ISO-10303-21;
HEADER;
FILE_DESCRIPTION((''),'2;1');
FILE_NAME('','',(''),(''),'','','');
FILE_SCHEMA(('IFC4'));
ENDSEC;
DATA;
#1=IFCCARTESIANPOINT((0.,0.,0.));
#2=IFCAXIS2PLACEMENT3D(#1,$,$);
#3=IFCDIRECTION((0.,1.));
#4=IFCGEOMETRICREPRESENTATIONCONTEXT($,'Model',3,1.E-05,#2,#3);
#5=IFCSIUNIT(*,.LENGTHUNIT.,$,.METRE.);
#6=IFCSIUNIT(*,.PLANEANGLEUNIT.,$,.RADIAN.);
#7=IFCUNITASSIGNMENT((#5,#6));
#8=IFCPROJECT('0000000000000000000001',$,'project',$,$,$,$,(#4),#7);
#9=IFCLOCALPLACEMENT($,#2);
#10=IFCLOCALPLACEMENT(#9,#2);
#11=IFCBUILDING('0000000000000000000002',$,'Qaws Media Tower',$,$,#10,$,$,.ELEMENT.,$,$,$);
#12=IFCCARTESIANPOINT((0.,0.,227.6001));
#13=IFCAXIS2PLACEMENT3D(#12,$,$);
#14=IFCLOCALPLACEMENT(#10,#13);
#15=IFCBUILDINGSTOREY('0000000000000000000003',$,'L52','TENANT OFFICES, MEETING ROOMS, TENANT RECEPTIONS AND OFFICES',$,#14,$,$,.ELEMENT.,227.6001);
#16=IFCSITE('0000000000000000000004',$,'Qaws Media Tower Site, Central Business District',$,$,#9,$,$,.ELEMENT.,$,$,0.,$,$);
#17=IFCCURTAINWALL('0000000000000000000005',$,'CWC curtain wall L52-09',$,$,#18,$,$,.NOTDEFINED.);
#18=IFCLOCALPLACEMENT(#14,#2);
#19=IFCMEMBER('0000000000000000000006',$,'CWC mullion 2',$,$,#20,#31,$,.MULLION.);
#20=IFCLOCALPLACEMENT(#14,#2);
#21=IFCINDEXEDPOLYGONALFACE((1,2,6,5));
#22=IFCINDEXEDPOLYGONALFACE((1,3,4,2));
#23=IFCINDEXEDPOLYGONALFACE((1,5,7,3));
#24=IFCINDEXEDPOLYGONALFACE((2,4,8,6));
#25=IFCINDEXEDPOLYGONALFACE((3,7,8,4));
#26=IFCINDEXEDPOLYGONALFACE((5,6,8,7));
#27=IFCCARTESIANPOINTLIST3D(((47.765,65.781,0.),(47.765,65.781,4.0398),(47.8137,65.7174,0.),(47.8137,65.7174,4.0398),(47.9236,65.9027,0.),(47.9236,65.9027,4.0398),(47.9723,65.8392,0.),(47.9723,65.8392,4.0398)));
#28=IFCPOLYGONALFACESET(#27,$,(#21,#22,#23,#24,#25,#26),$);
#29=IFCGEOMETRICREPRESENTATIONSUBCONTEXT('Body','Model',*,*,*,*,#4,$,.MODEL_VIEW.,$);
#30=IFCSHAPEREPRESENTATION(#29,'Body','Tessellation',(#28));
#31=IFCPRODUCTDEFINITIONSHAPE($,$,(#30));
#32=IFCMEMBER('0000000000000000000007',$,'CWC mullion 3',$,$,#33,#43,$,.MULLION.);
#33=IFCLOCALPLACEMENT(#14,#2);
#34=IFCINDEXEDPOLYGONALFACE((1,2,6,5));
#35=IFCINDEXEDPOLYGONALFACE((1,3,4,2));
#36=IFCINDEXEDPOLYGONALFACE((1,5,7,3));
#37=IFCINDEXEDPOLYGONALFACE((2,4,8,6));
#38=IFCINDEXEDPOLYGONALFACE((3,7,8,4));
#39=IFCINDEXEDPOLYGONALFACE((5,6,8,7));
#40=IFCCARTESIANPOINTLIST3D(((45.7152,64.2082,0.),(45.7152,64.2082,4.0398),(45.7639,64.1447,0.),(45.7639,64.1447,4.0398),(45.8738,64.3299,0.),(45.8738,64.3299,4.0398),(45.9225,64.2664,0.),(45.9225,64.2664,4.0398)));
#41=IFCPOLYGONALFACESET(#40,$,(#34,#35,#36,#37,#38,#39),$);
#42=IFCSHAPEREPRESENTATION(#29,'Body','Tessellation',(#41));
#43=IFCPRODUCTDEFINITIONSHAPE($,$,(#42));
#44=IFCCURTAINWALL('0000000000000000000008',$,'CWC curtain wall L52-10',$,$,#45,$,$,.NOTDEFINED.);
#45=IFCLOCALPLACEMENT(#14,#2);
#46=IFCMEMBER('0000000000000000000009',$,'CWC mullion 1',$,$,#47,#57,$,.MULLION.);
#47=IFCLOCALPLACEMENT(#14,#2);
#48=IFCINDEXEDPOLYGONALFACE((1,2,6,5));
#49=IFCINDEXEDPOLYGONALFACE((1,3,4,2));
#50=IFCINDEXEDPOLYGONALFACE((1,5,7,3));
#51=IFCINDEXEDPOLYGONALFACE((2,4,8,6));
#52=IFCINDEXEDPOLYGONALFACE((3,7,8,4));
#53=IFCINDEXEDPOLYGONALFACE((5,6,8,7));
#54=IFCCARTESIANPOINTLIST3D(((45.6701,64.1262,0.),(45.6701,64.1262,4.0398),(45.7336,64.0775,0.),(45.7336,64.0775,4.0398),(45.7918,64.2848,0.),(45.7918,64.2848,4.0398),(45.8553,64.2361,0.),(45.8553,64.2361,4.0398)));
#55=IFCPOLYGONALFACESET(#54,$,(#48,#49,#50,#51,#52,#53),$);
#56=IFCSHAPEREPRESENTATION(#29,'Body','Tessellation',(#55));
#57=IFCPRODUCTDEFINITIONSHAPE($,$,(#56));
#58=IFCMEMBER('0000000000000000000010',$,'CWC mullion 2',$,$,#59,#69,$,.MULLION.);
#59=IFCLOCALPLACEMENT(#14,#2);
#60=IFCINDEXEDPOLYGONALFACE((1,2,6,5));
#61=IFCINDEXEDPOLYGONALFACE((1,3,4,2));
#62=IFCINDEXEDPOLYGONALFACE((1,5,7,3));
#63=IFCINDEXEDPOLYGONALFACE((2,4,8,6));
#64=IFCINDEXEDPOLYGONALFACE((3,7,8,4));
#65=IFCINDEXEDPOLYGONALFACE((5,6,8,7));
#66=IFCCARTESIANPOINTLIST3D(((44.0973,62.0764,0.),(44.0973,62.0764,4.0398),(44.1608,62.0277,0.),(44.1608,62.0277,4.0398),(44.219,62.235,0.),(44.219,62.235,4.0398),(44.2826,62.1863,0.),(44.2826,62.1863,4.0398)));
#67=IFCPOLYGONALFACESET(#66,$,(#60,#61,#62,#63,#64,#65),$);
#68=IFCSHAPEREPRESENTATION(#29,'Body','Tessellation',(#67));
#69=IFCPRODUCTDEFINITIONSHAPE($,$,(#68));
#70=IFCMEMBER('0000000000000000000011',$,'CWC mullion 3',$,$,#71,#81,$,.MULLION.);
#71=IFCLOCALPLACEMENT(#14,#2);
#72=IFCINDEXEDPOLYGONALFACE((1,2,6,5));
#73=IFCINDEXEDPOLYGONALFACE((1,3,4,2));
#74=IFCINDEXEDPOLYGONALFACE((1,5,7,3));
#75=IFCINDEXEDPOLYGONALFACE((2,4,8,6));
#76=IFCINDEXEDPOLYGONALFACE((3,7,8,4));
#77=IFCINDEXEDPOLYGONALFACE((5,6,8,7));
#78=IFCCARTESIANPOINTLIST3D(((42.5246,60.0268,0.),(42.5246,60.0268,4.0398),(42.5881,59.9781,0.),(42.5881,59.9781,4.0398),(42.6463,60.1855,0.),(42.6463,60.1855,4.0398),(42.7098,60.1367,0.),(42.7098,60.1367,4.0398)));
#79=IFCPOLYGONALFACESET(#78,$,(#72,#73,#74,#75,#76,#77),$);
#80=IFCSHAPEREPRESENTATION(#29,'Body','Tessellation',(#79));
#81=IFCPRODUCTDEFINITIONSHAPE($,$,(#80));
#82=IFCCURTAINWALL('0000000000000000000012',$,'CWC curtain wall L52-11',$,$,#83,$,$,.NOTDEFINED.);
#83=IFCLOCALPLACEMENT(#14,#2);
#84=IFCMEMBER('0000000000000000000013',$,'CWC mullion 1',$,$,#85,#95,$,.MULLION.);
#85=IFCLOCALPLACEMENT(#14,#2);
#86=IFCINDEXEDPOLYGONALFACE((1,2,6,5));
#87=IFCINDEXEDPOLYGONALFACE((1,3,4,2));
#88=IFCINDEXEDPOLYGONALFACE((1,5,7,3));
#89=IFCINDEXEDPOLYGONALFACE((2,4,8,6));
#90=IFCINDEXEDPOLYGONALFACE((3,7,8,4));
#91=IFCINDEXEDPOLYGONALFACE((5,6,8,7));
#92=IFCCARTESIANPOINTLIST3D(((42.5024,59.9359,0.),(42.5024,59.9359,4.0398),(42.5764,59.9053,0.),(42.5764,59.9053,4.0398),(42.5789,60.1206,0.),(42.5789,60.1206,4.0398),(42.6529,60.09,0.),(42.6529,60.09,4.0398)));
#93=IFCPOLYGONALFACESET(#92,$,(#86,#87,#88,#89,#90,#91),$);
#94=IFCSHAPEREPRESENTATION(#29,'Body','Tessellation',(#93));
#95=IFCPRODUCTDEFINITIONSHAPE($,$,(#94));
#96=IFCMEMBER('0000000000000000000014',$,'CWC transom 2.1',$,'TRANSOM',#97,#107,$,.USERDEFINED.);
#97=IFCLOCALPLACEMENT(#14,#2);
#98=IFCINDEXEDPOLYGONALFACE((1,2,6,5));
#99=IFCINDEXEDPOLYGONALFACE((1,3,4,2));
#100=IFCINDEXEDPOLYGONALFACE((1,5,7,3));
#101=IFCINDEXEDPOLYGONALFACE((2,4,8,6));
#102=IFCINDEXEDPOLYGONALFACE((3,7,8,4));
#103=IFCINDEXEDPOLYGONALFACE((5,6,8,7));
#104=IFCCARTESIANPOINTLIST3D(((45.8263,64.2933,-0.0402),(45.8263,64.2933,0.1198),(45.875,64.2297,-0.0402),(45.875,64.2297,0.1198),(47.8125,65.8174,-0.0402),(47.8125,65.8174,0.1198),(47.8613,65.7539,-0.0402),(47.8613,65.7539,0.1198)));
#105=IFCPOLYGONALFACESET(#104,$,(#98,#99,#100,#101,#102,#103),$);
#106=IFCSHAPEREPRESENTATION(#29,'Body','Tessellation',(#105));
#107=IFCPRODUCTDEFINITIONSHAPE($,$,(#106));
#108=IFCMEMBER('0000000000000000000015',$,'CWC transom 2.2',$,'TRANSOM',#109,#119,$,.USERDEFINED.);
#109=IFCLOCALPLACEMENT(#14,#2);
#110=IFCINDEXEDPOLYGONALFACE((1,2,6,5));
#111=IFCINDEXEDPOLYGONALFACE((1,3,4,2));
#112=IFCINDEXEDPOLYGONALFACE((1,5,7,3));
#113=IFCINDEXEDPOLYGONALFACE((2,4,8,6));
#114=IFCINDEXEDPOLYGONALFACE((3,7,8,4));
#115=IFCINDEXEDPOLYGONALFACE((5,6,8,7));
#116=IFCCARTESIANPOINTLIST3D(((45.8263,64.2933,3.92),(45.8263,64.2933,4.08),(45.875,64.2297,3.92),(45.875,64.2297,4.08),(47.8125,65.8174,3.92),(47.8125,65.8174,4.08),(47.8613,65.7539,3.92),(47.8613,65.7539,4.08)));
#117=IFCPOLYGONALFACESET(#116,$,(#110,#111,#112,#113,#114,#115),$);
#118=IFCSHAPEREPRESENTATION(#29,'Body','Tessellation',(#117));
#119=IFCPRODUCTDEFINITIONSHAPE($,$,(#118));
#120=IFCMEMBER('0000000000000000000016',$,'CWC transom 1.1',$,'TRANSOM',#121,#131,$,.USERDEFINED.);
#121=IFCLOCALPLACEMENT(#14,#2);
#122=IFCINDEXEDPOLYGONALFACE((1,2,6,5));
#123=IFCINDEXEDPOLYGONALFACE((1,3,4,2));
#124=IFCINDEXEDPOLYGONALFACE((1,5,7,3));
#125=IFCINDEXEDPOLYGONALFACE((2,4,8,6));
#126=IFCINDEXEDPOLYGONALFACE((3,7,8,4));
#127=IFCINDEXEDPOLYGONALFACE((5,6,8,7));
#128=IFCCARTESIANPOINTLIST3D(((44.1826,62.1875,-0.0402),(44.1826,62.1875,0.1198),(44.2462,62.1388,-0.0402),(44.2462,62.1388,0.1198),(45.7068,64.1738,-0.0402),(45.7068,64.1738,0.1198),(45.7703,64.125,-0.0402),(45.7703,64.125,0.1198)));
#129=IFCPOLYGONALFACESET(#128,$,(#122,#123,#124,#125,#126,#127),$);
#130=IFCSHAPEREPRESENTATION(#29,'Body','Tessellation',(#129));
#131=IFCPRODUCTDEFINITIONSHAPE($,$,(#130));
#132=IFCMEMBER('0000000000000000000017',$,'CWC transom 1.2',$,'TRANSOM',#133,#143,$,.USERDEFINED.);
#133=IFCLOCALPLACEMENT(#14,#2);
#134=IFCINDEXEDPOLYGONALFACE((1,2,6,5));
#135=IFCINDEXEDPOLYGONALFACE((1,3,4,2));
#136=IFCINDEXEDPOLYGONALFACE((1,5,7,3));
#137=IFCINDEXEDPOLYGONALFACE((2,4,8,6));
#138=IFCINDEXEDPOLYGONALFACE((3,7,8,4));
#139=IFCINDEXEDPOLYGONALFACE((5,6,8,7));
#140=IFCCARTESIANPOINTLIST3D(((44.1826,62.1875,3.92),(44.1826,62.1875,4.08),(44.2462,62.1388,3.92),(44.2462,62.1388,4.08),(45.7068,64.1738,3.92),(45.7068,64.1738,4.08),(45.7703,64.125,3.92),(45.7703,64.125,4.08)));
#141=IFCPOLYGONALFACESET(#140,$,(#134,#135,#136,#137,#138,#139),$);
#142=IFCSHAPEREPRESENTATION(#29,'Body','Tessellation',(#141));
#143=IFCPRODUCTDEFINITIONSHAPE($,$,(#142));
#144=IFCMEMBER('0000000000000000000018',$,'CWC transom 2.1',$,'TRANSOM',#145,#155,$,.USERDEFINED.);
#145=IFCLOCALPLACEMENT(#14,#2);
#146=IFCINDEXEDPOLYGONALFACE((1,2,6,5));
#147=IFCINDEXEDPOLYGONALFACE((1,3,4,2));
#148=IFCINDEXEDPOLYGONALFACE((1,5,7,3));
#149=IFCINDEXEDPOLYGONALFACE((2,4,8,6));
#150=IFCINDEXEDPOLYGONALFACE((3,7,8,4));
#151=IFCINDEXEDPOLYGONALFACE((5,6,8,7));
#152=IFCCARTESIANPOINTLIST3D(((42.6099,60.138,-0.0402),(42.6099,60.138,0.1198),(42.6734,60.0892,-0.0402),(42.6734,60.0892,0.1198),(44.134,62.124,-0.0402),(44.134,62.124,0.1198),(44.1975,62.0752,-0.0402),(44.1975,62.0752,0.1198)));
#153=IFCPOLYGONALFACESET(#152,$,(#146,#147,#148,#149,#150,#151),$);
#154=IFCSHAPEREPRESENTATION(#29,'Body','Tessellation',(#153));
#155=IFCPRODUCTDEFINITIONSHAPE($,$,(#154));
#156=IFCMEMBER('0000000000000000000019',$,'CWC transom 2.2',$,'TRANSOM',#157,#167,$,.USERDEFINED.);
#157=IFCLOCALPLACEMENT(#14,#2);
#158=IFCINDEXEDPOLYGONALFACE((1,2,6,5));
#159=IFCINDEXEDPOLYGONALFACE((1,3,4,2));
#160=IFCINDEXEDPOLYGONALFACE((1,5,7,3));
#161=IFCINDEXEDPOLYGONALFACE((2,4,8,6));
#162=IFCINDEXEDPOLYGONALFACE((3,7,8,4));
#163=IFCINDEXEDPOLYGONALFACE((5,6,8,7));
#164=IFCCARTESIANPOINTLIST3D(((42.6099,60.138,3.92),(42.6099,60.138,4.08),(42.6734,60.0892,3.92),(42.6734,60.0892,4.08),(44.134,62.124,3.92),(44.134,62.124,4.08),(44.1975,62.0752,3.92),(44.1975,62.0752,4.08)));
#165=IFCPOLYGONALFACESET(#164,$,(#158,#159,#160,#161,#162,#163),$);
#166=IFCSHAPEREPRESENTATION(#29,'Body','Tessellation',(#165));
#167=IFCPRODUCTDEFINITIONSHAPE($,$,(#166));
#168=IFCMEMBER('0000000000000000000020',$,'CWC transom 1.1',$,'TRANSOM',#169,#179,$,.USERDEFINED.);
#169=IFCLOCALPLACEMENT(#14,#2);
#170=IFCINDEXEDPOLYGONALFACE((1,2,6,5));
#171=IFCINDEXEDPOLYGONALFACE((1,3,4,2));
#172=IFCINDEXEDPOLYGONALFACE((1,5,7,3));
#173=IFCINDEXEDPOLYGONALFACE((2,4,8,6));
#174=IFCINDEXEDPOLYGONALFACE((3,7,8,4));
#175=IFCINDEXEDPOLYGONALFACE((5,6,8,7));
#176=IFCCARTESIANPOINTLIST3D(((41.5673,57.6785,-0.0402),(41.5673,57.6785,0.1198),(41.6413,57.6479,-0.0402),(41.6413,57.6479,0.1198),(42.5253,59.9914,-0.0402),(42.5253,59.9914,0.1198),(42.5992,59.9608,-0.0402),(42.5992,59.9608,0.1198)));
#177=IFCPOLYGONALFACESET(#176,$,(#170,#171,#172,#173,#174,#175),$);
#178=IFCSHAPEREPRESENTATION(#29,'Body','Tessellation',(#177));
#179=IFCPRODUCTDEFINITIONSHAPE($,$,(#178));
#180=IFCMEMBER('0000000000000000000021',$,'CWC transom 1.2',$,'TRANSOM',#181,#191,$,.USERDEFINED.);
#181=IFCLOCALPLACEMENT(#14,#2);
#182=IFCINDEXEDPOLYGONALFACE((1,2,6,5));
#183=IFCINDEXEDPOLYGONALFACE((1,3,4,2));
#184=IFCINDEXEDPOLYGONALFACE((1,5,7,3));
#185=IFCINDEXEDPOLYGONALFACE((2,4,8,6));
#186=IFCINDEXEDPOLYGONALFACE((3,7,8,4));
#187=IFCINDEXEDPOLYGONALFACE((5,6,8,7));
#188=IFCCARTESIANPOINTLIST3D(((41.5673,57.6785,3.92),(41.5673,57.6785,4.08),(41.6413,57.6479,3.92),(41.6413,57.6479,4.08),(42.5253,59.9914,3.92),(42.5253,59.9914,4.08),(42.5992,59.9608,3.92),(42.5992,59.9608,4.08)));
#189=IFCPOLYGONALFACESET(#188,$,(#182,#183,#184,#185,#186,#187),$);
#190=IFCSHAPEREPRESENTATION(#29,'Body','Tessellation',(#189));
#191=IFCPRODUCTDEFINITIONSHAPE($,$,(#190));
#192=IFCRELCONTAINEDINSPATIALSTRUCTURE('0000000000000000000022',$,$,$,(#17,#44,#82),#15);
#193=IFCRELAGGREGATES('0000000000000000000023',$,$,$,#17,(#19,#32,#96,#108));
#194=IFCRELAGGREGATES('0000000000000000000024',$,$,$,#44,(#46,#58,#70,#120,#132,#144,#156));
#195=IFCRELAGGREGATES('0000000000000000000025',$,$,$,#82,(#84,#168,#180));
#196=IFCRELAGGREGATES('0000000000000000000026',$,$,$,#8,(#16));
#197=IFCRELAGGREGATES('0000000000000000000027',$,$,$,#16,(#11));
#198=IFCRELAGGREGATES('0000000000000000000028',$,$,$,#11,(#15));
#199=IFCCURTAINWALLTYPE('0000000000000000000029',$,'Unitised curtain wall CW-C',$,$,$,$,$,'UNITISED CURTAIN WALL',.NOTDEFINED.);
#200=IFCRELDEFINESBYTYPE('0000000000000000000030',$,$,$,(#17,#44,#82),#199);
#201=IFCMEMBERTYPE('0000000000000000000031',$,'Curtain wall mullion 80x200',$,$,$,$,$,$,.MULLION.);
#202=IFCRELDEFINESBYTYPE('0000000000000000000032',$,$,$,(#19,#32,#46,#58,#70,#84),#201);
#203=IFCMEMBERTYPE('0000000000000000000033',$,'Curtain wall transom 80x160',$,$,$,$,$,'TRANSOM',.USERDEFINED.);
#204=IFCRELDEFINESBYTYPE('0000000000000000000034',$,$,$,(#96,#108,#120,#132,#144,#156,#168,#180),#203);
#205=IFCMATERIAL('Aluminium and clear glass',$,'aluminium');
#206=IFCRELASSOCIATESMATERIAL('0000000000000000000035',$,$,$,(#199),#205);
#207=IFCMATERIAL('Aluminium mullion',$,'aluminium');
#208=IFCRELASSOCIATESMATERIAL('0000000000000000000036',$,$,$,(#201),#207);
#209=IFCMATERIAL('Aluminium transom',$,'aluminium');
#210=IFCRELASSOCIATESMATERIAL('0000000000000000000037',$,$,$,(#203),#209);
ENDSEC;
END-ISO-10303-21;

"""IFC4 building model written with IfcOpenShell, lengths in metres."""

from ifc_helpers import new_model, si_unit, direction, frame, origin, origin_2d, place, context, subcontext, project, spatial, rectangle, extrude, material, material_profile, profile_set, type_object, element, aggregate, save


model = new_model("IFC4")

# Units and contexts
model_context = context("Model", 3, precision=1e-05, world=origin(), true_north=direction((0.0, 1.0)))
body_context = subcontext(model_context, "Body", "Model", "MODEL_VIEW")
ifc_project = project(units=[si_unit("LENGTHUNIT", "METRE"), si_unit("PLANEANGLEUNIT", "RADIAN")], contexts=[model_context])

# Site, building, storey
site_placement = place(None, origin())
site = spatial("IfcSite", under=ifc_project, at=site_placement, Name="Qaws Media Tower Site, Central Business District", CompositionType="ELEMENT", RefElevation=0.0)
building_placement = place(site_placement, origin())
building = spatial("IfcBuilding", under=site, at=building_placement, Name="Qaws Media Tower", CompositionType="ELEMENT")
storey_placement = place(building_placement, frame((0.0, 0.0, 227.6001)))
storey = spatial("IfcBuildingStorey", under=building, at=storey_placement, Name="L52", Description="TENANT OFFICES, MEETING ROOMS, TENANT RECEPTIONS AND OFFICES", CompositionType="ELEMENT", Elevation=227.6001)

# Curtain walls, members
ifc_material_1 = material(Name="Aluminium and clear glass", Category="aluminium")
curtain_wall_type = type_object("IfcCurtainWallType", Name="Unitised curtain wall CW-C", ElementType="UNITISED CURTAIN WALL", PredefinedType="NOTDEFINED", material=ifc_material_1)
curtain_wall_1_placement = place(storey_placement, origin())
curtain_wall_1 = element("IfcCurtainWall", 1, at=curtain_wall_1_placement, inside=storey, type_object=curtain_wall_type, Name="CWC curtain wall L52-09", PredefinedType="NOTDEFINED")
ifc_material_2 = material(Name="Aluminium mullion", Category="aluminium")
ifc_material_profile_1 = material_profile(ifc_material_2, rectangle(XDim=0.0801, YDim=0.2, at=origin_2d()), Name="80x200")
ifc_profile_set_1 = profile_set([ifc_material_profile_1], Name="Aluminium mullion")
member_type_1 = type_object("IfcMemberType", Name="Curtain wall mullion 80x200", PredefinedType="MULLION", material=ifc_profile_set_1)
member_1_placement = place(storey_placement, frame((47.8687, 65.8101, 0.0), z_axis=(0.0, 0.0, 1.0), x_axis=(0.608762, -0.793353, 0.0)))
member_1 = element("IfcMember", 2, at=member_1_placement, type_object=member_type_1, Name="CWC mullion 2", PredefinedType="MULLION", context=body_context, shape_type="SweptSolid", body=[
    extrude(rectangle(XDim=0.0801, YDim=0.2, at=origin_2d()), origin(), (0.0, 0.0, 1.0), 4.0398),
])
member_2_placement = place(storey_placement, frame((45.8188, 64.2373, 0.0), z_axis=(0.0, 0.0, 1.0), x_axis=(0.608762, -0.793353, 0.0)))
member_2 = element("IfcMember", 3, at=member_2_placement, type_object=member_type_1, Name="CWC mullion 3", PredefinedType="MULLION", context=body_context, shape_type="SweptSolid", body=[
    extrude(rectangle(XDim=0.0801, YDim=0.2, at=origin_2d()), origin(), (0.0, 0.0, 1.0), 4.0398),
])
curtain_wall_2_placement = place(storey_placement, origin())
curtain_wall_2 = element("IfcCurtainWall", 4, at=curtain_wall_2_placement, inside=storey, type_object=curtain_wall_type, Name="CWC curtain wall L52-10", PredefinedType="NOTDEFINED")
member_3_placement = place(storey_placement, frame((45.7627, 64.1812, 0.0), z_axis=(0.0, 0.0, 1.0), x_axis=(0.793353, -0.608762, 0.0)))
member_3 = element("IfcMember", 5, at=member_3_placement, type_object=member_type_1, Name="CWC mullion 1", PredefinedType="MULLION", context=body_context, shape_type="SweptSolid", body=[
    extrude(rectangle(XDim=0.0801, YDim=0.2, at=origin_2d()), origin(), (0.0, 0.0, 1.0), 4.0398),
])
member_4_placement = place(storey_placement, frame((44.1899, 62.1313, 0.0), z_axis=(0.0, 0.0, 1.0), x_axis=(0.793353, -0.608762, 0.0)))
member_4 = element("IfcMember", 6, at=member_4_placement, type_object=member_type_1, Name="CWC mullion 2", PredefinedType="MULLION", context=body_context, shape_type="SweptSolid", body=[
    extrude(rectangle(XDim=0.0801, YDim=0.2, at=origin_2d()), origin(), (0.0, 0.0, 1.0), 4.0398),
])
member_5_placement = place(storey_placement, frame((42.6172, 60.0818, 0.0), z_axis=(0.0, 0.0, 1.0), x_axis=(0.793353, -0.608762, 0.0)))
member_5 = element("IfcMember", 7, at=member_5_placement, type_object=member_type_1, Name="CWC mullion 3", PredefinedType="MULLION", context=body_context, shape_type="SweptSolid", body=[
    extrude(rectangle(XDim=0.0801, YDim=0.2, at=origin_2d()), origin(), (0.0, 0.0, 1.0), 4.0398),
])

# Curtain wall, member
curtain_wall_3_placement = place(storey_placement, origin())
curtain_wall_3 = element("IfcCurtainWall", 8, at=curtain_wall_3_placement, inside=storey, type_object=curtain_wall_type, Name="CWC curtain wall L52-11", PredefinedType="NOTDEFINED")
member_6_placement = place(storey_placement, frame((42.5776, 60.0129, 0.0), z_axis=(0.0, 0.0, 1.0), x_axis=(0.92388, -0.382683, 0.0)))
member_6 = element("IfcMember", 9, at=member_6_placement, type_object=member_type_1, Name="CWC mullion 1", PredefinedType="MULLION", context=body_context, shape_type="SweptSolid", body=[
    extrude(rectangle(XDim=0.0801, YDim=0.2, at=origin_2d()), origin(), (0.0, 0.0, 1.0), 4.0398),
])

# Members
ifc_material_3 = material(Name="Aluminium transom", Category="aluminium")
ifc_material_profile_2 = material_profile(ifc_material_3, rectangle(XDim=0.0801, YDim=0.1599, at=origin_2d()), Name="80x160")
ifc_profile_set_2 = profile_set([ifc_material_profile_2], Name="Aluminium transom")
member_type_2 = type_object("IfcMemberType", Name="Curtain wall transom 80x160", ElementType="TRANSOM", PredefinedType="USERDEFINED", material=ifc_profile_set_2)
member_7_placement = place(storey_placement, frame((47.8369, 65.7856, 0.0398), z_axis=(-0.793352, -0.608763, 0.0), x_axis=(0.608763, -0.793352, 0.0)))
member_7 = element("IfcMember", 10, at=member_7_placement, type_object=member_type_2, Name="CWC transom 2.1", ObjectType="TRANSOM", PredefinedType="USERDEFINED", context=body_context, shape_type="SweptSolid", body=[
    extrude(rectangle(XDim=0.0801, YDim=0.1599, at=origin_2d()), origin(), (0.0, 0.0, 1.0), 2.5037),
])
member_8_placement = place(storey_placement, frame((47.8369, 65.7856, 4.0), z_axis=(-0.793352, -0.608763, 0.0), x_axis=(0.608763, -0.793352, 0.0)))
member_8 = element("IfcMember", 11, at=member_8_placement, type_object=member_type_2, Name="CWC transom 2.2", ObjectType="TRANSOM", PredefinedType="USERDEFINED", context=body_context, shape_type="SweptSolid", body=[
    extrude(rectangle(XDim=0.0801, YDim=0.1599, at=origin_2d()), origin(), (0.0, 0.0, 1.0), 2.5037),
])
member_9_placement = place(storey_placement, frame((45.7385, 64.1494, 0.0398), z_axis=(-0.608763, -0.793352, 0.0), x_axis=(0.793352, -0.608763, 0.0)))
member_9 = element("IfcMember", 12, at=member_9_placement, type_object=member_type_2, Name="CWC transom 1.1", ObjectType="TRANSOM", PredefinedType="USERDEFINED", context=body_context, shape_type="SweptSolid", body=[
    extrude(rectangle(XDim=0.0801, YDim=0.1599, at=origin_2d()), origin(), (0.0, 0.0, 1.0), 2.5037),
])
member_10_placement = place(storey_placement, frame((45.7385, 64.1494, 4.0), z_axis=(-0.608763, -0.793352, 0.0), x_axis=(0.793352, -0.608763, 0.0)))
member_10 = element("IfcMember", 13, at=member_10_placement, type_object=member_type_2, Name="CWC transom 1.2", ObjectType="TRANSOM", PredefinedType="USERDEFINED", context=body_context, shape_type="SweptSolid", body=[
    extrude(rectangle(XDim=0.0801, YDim=0.1599, at=origin_2d()), origin(), (0.0, 0.0, 1.0), 2.5037),
])
member_11_placement = place(storey_placement, frame((44.1658, 62.0996, 0.0398), z_axis=(-0.60881, -0.793316, 0.0), x_axis=(0.793316, -0.60881, 0.0)))
member_11 = element("IfcMember", 14, at=member_11_placement, type_object=member_type_2, Name="CWC transom 2.1", ObjectType="TRANSOM", PredefinedType="USERDEFINED", context=body_context, shape_type="SweptSolid", body=[
    extrude(rectangle(XDim=0.0801, YDim=0.1599, at=origin_2d()), origin(), (0.0, 0.0, 1.0), 2.5034),
])
member_12_placement = place(storey_placement, frame((44.1658, 62.0996, 4.0), z_axis=(-0.60881, -0.793316, 0.0), x_axis=(0.793316, -0.60881, 0.0)))
member_12 = element("IfcMember", 15, at=member_12_placement, type_object=member_type_2, Name="CWC transom 2.2", ObjectType="TRANSOM", PredefinedType="USERDEFINED", context=body_context, shape_type="SweptSolid", body=[
    extrude(rectangle(XDim=0.0801, YDim=0.1599, at=origin_2d()), origin(), (0.0, 0.0, 1.0), 2.5034),
])
member_13_placement = place(storey_placement, frame((42.5623, 59.9761, 0.0398), z_axis=(-0.382662, -0.923888, 0.0), x_axis=(0.923888, -0.382662, 0.0)))
member_13 = element("IfcMember", 16, at=member_13_placement, type_object=member_type_2, Name="CWC transom 1.1", ObjectType="TRANSOM", PredefinedType="USERDEFINED", context=body_context, shape_type="SweptSolid", body=[
    extrude(rectangle(XDim=0.0801, YDim=0.1599, at=origin_2d()), origin(), (0.0, 0.0, 1.0), 2.5034),
])
member_14_placement = place(storey_placement, frame((42.5623, 59.9761, 4.0), z_axis=(-0.382662, -0.923888, 0.0), x_axis=(0.923888, -0.382662, 0.0)))
member_14 = element("IfcMember", 17, at=member_14_placement, type_object=member_type_2, Name="CWC transom 1.2", ObjectType="TRANSOM", PredefinedType="USERDEFINED", context=body_context, shape_type="SweptSolid", body=[
    extrude(rectangle(XDim=0.0801, YDim=0.1599, at=origin_2d()), origin(), (0.0, 0.0, 1.0), 2.5034),
])

aggregate(curtain_wall_1, [member_1, member_2, member_7, member_8])
aggregate(curtain_wall_2, [member_3, member_4, member_5, member_9, member_10, member_11, member_12])
aggregate(curtain_wall_3, [member_6, member_13, member_14])

save(model, "model.ifc")
